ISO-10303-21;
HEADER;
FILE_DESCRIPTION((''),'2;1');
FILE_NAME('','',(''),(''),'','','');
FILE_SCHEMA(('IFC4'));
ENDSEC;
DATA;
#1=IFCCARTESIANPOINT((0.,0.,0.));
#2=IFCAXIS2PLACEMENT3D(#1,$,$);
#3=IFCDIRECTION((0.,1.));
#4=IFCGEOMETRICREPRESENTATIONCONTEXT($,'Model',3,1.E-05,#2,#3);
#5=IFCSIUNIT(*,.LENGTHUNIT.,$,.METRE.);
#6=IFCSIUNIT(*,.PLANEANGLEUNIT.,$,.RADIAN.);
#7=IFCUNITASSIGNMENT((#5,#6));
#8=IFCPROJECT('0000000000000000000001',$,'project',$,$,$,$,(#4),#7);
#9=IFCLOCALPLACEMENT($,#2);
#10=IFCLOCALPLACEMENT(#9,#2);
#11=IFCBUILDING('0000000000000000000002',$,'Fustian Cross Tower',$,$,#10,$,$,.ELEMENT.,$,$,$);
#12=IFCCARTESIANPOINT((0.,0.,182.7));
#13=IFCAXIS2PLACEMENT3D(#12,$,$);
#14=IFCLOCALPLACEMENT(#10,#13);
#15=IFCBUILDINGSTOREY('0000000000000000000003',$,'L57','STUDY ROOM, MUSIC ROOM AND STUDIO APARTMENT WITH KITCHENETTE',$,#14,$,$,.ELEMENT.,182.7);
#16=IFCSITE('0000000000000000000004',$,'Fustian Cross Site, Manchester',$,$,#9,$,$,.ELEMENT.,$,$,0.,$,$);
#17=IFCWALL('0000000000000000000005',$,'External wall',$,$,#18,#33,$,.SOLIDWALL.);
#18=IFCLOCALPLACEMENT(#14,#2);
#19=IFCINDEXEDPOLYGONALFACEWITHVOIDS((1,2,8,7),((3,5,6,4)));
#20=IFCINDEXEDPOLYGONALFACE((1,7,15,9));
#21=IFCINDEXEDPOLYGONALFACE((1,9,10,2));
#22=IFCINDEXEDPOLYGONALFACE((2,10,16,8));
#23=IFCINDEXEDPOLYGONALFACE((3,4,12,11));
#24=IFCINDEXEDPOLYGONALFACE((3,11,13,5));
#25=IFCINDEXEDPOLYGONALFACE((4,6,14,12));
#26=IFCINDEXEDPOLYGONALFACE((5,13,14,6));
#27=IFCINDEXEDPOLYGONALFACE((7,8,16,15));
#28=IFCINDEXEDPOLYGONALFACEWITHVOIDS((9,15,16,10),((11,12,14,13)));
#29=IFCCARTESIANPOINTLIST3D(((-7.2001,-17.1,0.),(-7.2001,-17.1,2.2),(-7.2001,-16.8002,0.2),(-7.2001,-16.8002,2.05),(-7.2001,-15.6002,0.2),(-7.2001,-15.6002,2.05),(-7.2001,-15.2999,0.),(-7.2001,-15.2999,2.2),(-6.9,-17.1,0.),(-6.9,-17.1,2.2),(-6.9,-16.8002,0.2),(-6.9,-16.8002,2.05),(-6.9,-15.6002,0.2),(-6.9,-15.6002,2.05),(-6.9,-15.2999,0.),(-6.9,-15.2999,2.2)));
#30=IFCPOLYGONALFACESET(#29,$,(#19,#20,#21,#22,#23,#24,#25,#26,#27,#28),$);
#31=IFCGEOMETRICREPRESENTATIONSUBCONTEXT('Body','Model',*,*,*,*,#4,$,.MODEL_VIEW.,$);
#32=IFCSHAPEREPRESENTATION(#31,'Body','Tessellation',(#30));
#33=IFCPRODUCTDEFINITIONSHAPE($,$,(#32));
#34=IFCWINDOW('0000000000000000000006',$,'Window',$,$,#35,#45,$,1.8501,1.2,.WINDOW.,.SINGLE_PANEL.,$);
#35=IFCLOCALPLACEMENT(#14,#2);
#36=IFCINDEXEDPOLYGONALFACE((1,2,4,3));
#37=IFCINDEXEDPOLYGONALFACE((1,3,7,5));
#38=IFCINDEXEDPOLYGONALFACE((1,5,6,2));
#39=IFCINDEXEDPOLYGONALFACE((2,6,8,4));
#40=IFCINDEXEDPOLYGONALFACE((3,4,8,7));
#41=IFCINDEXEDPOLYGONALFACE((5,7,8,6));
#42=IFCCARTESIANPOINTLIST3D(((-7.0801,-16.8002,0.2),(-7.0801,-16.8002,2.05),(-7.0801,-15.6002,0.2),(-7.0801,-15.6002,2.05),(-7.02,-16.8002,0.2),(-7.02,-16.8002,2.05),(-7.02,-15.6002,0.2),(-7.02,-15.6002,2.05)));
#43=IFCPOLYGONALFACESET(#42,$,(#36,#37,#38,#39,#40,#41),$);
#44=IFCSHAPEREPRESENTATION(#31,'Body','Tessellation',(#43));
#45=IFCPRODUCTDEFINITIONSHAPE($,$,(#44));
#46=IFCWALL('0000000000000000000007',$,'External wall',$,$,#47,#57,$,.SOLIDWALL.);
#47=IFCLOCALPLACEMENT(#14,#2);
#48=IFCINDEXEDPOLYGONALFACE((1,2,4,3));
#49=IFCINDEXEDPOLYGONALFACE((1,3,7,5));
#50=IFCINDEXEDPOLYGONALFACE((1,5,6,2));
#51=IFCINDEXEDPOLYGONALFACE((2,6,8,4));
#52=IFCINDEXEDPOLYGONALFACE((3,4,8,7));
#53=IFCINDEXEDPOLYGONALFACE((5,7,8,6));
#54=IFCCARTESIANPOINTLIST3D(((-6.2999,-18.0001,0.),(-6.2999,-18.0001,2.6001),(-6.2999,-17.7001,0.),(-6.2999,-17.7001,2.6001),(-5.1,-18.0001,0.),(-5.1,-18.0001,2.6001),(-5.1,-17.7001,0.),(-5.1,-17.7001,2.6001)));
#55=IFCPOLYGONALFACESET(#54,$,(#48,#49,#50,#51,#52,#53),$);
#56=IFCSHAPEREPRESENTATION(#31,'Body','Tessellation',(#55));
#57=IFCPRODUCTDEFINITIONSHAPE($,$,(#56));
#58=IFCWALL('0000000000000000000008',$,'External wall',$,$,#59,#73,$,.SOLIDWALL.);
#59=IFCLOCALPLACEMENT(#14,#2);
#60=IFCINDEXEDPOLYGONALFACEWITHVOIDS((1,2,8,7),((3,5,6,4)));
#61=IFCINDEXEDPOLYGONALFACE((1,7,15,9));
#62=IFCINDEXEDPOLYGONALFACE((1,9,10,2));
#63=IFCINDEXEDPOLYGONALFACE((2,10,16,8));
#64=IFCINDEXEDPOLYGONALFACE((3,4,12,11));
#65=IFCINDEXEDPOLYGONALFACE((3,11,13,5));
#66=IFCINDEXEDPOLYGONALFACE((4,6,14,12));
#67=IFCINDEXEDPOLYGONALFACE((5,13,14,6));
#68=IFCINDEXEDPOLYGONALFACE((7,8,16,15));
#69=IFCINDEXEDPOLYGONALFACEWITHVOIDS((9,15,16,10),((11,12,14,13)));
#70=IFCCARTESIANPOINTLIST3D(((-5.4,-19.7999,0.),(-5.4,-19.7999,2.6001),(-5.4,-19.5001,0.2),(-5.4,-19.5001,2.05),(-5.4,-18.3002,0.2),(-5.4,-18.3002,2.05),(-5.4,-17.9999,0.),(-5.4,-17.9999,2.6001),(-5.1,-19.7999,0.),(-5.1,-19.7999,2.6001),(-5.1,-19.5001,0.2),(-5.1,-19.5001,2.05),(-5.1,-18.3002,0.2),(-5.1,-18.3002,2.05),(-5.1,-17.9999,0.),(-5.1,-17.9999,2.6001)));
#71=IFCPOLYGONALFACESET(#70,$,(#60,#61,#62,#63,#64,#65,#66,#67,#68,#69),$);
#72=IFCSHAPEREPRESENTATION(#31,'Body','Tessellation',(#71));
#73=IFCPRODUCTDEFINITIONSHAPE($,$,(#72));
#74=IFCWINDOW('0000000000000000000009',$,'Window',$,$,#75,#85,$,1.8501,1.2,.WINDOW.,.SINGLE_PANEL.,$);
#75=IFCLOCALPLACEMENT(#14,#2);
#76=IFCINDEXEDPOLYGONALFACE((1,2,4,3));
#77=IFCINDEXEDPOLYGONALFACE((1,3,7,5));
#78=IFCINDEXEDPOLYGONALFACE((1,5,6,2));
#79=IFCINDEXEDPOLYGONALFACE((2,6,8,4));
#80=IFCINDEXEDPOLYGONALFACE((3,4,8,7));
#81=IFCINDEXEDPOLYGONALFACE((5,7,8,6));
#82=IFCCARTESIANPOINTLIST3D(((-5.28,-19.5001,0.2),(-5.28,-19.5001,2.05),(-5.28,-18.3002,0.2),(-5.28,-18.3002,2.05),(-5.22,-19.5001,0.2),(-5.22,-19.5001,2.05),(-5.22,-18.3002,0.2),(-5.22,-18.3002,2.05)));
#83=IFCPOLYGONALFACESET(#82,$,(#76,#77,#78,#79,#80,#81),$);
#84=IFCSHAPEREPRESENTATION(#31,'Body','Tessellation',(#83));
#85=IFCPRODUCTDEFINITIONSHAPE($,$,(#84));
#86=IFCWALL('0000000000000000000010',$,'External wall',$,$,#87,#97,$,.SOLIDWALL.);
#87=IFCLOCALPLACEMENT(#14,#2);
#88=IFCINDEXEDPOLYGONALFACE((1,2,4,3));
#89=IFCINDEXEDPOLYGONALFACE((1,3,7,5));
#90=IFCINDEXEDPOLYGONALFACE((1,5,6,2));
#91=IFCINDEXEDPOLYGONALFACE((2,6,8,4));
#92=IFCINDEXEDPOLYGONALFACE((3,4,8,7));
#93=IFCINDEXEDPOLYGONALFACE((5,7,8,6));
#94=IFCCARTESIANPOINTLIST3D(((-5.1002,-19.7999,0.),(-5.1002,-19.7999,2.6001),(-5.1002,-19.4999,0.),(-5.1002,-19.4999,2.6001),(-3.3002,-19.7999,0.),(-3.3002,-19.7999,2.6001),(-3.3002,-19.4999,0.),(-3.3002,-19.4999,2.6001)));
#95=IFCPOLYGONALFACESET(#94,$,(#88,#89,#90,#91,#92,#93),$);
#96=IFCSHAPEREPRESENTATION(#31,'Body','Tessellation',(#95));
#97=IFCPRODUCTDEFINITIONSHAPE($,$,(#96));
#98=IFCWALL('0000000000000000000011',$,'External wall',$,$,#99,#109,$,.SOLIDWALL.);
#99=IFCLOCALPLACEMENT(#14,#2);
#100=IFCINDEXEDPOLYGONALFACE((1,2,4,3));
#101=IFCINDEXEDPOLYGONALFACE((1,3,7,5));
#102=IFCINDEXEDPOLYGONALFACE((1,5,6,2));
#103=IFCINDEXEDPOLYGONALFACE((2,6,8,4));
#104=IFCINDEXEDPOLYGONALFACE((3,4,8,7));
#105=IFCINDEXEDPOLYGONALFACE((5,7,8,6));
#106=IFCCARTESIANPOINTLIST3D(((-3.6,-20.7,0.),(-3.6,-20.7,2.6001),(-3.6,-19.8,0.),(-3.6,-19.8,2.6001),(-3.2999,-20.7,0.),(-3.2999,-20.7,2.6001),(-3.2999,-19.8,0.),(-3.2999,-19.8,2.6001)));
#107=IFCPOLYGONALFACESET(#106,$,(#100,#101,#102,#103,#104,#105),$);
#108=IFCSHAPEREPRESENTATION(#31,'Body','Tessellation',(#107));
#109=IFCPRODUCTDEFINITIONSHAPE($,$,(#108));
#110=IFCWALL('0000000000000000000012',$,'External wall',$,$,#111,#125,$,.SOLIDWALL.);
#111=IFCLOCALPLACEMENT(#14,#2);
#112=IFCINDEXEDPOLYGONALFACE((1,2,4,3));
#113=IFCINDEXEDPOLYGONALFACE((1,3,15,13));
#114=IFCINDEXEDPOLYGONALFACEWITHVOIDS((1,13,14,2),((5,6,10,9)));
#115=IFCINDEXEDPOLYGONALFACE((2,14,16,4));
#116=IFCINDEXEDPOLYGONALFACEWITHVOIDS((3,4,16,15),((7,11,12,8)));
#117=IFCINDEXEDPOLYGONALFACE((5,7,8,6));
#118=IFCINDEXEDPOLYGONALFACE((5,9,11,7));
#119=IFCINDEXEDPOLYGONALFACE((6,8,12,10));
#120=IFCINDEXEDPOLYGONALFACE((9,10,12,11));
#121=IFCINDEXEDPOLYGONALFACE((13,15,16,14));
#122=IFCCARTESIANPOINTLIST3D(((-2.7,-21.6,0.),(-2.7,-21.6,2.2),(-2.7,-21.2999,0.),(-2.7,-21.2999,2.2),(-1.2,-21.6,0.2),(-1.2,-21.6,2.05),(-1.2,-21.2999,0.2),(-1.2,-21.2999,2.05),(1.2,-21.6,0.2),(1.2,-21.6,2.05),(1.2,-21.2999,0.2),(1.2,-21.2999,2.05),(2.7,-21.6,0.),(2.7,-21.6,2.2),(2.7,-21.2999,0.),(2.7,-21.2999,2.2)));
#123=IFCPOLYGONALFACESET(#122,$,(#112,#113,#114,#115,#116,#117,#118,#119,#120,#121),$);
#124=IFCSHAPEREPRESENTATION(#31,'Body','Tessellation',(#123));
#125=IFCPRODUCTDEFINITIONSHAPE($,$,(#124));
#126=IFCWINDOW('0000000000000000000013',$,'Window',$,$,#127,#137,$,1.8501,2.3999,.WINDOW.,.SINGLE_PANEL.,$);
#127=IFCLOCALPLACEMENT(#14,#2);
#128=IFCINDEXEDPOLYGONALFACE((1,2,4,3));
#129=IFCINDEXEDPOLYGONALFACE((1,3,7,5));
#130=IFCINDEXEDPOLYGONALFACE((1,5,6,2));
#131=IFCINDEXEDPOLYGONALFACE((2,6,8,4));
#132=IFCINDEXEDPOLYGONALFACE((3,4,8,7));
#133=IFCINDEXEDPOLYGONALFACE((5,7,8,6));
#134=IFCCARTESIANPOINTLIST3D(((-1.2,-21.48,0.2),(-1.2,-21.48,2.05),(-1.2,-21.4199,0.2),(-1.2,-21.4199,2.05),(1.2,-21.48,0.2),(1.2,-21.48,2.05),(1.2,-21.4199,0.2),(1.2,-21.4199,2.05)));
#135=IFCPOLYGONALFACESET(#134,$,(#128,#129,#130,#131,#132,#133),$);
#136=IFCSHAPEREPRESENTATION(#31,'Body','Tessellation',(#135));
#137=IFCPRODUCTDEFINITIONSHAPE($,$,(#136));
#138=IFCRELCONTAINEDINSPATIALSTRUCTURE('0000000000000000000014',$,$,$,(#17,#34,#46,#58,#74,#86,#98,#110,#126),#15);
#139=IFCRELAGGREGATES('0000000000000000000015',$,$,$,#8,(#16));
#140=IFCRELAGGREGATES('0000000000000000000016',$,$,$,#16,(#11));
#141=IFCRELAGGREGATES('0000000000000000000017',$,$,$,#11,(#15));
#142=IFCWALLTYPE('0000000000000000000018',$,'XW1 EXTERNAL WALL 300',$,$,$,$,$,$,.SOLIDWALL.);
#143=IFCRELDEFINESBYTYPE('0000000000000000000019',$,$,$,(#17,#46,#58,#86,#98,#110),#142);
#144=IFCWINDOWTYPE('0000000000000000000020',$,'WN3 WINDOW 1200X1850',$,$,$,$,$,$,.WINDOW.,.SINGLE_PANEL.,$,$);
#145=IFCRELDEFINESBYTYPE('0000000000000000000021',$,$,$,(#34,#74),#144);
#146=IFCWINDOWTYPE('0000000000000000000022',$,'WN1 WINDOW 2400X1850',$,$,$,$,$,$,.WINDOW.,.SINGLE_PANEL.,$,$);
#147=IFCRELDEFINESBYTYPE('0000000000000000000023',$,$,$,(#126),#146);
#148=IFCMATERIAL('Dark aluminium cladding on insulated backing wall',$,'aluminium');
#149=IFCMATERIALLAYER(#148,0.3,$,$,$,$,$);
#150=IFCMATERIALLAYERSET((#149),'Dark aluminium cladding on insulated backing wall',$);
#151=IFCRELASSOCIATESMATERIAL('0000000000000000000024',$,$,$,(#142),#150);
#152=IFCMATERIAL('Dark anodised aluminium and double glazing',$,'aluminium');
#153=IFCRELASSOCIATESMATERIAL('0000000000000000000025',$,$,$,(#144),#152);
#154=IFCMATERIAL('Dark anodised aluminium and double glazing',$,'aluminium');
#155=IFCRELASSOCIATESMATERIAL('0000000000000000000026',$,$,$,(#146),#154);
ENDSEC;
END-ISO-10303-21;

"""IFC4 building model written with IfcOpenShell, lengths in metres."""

from ifc_helpers import new_model, si_unit, direction, frame, frame_2d, origin, place, context, subcontext, project, spatial, rectangle, extrude, material, layer, layer_set, type_object, element, fill, save


model = new_model("IFC4")

# Units and contexts
model_context = context("Model", 3, precision=1e-05, world=origin(), true_north=direction((0.0, 1.0)))
body_context = subcontext(model_context, "Body", "Model", "MODEL_VIEW")
ifc_project = project(units=[si_unit("LENGTHUNIT", "METRE"), si_unit("PLANEANGLEUNIT", "RADIAN")], contexts=[model_context])

# Site, building, storey
site_placement = place(None, origin())
site = spatial("IfcSite", under=ifc_project, at=site_placement, Name="Fustian Cross Site, Manchester", CompositionType="ELEMENT", RefElevation=0.0)
building_placement = place(site_placement, origin())
building = spatial("IfcBuilding", under=site, at=building_placement, Name="Fustian Cross Tower", CompositionType="ELEMENT")
storey_placement = place(building_placement, frame((0.0, 0.0, 182.7)))
storey = spatial("IfcBuildingStorey", under=building, at=storey_placement, Name="L57", Description="STUDY ROOM, MUSIC ROOM AND STUDIO APARTMENT WITH KITCHENETTE", CompositionType="ELEMENT", Elevation=182.7)

# Wall, opening, window
ifc_material_1 = material(Name="Dark aluminium cladding on insulated backing wall", Category="aluminium")
ifc_layer_1 = layer(ifc_material_1, 0.3)
ifc_layer_set_1 = layer_set([ifc_layer_1], Name="Dark aluminium cladding on insulated backing wall")
wall_type_1 = type_object("IfcWallType", Name="XW1 EXTERNAL WALL 300", PredefinedType="SOLIDWALL", material=ifc_layer_set_1)
wall_1_placement = place(storey_placement, frame((-7.05, -15.3, 0.0), z_axis=(0.0, 0.0, 1.0), x_axis=(0.0, -1.0, 0.0)))
wall_1 = element("IfcWall", 1, at=wall_1_placement, inside=storey, type_object=wall_type_1, Name="External wall", PredefinedType="SOLIDWALL", context=body_context, shape_type="SweptSolid", body=[
    extrude(rectangle(XDim=1.8, YDim=0.3, at=frame_2d((0.8999, 0.0))), origin(), (0.0, 0.0, 1.0), 2.2),
])
opening_1_placement = place(wall_1_placement, frame((0.3, 0.0, 0.2)))
opening_1 = element("IfcOpeningElement", 2, at=opening_1_placement, cuts=wall_1, PredefinedType="OPENING", context=body_context, shape_type="SweptSolid", body=[
    extrude(rectangle(XDim=1.2, YDim=1.8501, at=frame_2d((0.6001, 0.925))), frame((0.0, 0.1599, 0.0), z_axis=(0.0, -1.0, 0.0), x_axis=(1.0, 0.0, 0.0)), (0.0, 0.0, 1.0), 0.3201),
])
ifc_material_2 = material(Name="Dark anodised aluminium and double glazing", Category="aluminium")
window_type_1 = type_object("IfcWindowType", Name="WN3 WINDOW 1200X1850", PartitioningType="SINGLE_PANEL", PredefinedType="WINDOW", material=ifc_material_2)
window_1_placement = place(opening_1_placement, origin())
window_1 = element("IfcWindow", 3, at=window_1_placement, inside=storey, type_object=window_type_1, Name="Window", OverallHeight=1.8501, OverallWidth=1.2, PartitioningType="SINGLE_PANEL", PredefinedType="WINDOW", context=body_context, shape_type="SweptSolid", body=[
    extrude(rectangle(XDim=1.2, YDim=1.8501, at=frame_2d((0.6001, 0.925))), frame((0.0, 0.03, 0.0), z_axis=(0.0, -1.0, 0.0), x_axis=(1.0, 0.0, 0.0)), (0.0, 0.0, 1.0), 0.0601),
])
fill(opening_1, window_1)

# Wall
wall_2_placement = place(storey_placement, frame((-6.3, -17.8501, 0.0), z_axis=(0.0, 0.0, 1.0), x_axis=(1.0, 0.0, 0.0)))
element("IfcWall", 4, at=wall_2_placement, inside=storey, type_object=wall_type_1, Name="External wall", PredefinedType="SOLIDWALL", context=body_context, shape_type="SweptSolid", body=[
    extrude(rectangle(XDim=1.2, YDim=0.3, at=frame_2d((0.6001, 0.0))), origin(), (0.0, 0.0, 1.0), 2.6001),
])

# Wall, opening, window
wall_3_placement = place(storey_placement, frame((-5.25, -18.0, 0.0), z_axis=(0.0, 0.0, 1.0), x_axis=(0.0, -1.0, 0.0)))
wall_3 = element("IfcWall", 5, at=wall_3_placement, inside=storey, type_object=wall_type_1, Name="External wall", PredefinedType="SOLIDWALL", context=body_context, shape_type="SweptSolid", body=[
    extrude(rectangle(XDim=1.8, YDim=0.3, at=frame_2d((0.8999, 0.0))), origin(), (0.0, 0.0, 1.0), 2.6001),
])
opening_2_placement = place(wall_3_placement, frame((0.3, 0.0, 0.2)))
opening_2 = element("IfcOpeningElement", 6, at=opening_2_placement, cuts=wall_3, PredefinedType="OPENING", context=body_context, shape_type="SweptSolid", body=[
    extrude(rectangle(XDim=1.2, YDim=1.8501, at=frame_2d((0.6001, 0.925))), frame((0.0, 0.1599, 0.0), z_axis=(0.0, -1.0, 0.0), x_axis=(1.0, 0.0, 0.0)), (0.0, 0.0, 1.0), 0.3201),
])
window_2_placement = place(opening_2_placement, origin())
window_2 = element("IfcWindow", 7, at=window_2_placement, inside=storey, type_object=window_type_1, Name="Window", OverallHeight=1.8501, OverallWidth=1.2, PartitioningType="SINGLE_PANEL", PredefinedType="WINDOW", context=body_context, shape_type="SweptSolid", body=[
    extrude(rectangle(XDim=1.2, YDim=1.8501, at=frame_2d((0.6001, 0.925))), frame((0.0, 0.03, 0.0), z_axis=(0.0, -1.0, 0.0), x_axis=(1.0, 0.0, 0.0)), (0.0, 0.0, 1.0), 0.0601),
])
fill(opening_2, window_2)

# Walls
wall_4_placement = place(storey_placement, frame((-5.1001, -19.6499, 0.0), z_axis=(0.0, 0.0, 1.0), x_axis=(1.0, 0.0, 0.0)))
element("IfcWall", 8, at=wall_4_placement, inside=storey, type_object=wall_type_1, Name="External wall", PredefinedType="SOLIDWALL", context=body_context, shape_type="SweptSolid", body=[
    extrude(rectangle(XDim=1.8, YDim=0.3, at=frame_2d((0.8999, 0.0))), origin(), (0.0, 0.0, 1.0), 2.6001),
])
wall_5_placement = place(storey_placement, frame((-3.45, -19.8, 0.0), z_axis=(0.0, 0.0, 1.0), x_axis=(0.0, -1.0, 0.0)))
element("IfcWall", 9, at=wall_5_placement, inside=storey, type_object=wall_type_1, Name="External wall", PredefinedType="SOLIDWALL", context=body_context, shape_type="SweptSolid", body=[
    extrude(rectangle(XDim=0.8999, YDim=0.3, at=frame_2d((0.45, 0.0))), origin(), (0.0, 0.0, 1.0), 2.6001),
])

# Wall, opening, window
wall_6_placement = place(storey_placement, frame((-2.7, -21.45, 0.0), z_axis=(0.0, 0.0, 1.0), x_axis=(1.0, 0.0, 0.0)))
wall_6 = element("IfcWall", 10, at=wall_6_placement, inside=storey, type_object=wall_type_1, Name="External wall", PredefinedType="SOLIDWALL", context=body_context, shape_type="SweptSolid", body=[
    extrude(rectangle(XDim=5.3999, YDim=0.3, at=frame_2d((2.7, 0.0))), origin(), (0.0, 0.0, 1.0), 2.2),
])
opening_3_placement = place(wall_6_placement, frame((1.5, 0.0, 0.2)))
opening_3 = element("IfcOpeningElement", 11, at=opening_3_placement, cuts=wall_6, PredefinedType="OPENING", context=body_context, shape_type="SweptSolid", body=[
    extrude(rectangle(XDim=2.3999, YDim=1.8501, at=frame_2d((1.2, 0.925))), frame((0.0, 0.1599, 0.0), z_axis=(0.0, -1.0, 0.0), x_axis=(1.0, 0.0, 0.0)), (0.0, 0.0, 1.0), 0.3201),
])
ifc_material_3 = material(Name="Dark anodised aluminium and double glazing", Category="aluminium")
window_type_2 = type_object("IfcWindowType", Name="WN1 WINDOW 2400X1850", PartitioningType="SINGLE_PANEL", PredefinedType="WINDOW", material=ifc_material_3)
window_3_placement = place(opening_3_placement, origin())
window_3 = element("IfcWindow", 12, at=window_3_placement, inside=storey, type_object=window_type_2, Name="Window", OverallHeight=1.8501, OverallWidth=2.3999, PartitioningType="SINGLE_PANEL", PredefinedType="WINDOW", context=body_context, shape_type="SweptSolid", body=[
    extrude(rectangle(XDim=2.3999, YDim=1.8501, at=frame_2d((1.2, 0.925))), frame((0.0, 0.03, 0.0), z_axis=(0.0, -1.0, 0.0), x_axis=(1.0, 0.0, 0.0)), (0.0, 0.0, 1.0), 0.0601),
])
fill(opening_3, window_3)

save(model, "model.ifc")
